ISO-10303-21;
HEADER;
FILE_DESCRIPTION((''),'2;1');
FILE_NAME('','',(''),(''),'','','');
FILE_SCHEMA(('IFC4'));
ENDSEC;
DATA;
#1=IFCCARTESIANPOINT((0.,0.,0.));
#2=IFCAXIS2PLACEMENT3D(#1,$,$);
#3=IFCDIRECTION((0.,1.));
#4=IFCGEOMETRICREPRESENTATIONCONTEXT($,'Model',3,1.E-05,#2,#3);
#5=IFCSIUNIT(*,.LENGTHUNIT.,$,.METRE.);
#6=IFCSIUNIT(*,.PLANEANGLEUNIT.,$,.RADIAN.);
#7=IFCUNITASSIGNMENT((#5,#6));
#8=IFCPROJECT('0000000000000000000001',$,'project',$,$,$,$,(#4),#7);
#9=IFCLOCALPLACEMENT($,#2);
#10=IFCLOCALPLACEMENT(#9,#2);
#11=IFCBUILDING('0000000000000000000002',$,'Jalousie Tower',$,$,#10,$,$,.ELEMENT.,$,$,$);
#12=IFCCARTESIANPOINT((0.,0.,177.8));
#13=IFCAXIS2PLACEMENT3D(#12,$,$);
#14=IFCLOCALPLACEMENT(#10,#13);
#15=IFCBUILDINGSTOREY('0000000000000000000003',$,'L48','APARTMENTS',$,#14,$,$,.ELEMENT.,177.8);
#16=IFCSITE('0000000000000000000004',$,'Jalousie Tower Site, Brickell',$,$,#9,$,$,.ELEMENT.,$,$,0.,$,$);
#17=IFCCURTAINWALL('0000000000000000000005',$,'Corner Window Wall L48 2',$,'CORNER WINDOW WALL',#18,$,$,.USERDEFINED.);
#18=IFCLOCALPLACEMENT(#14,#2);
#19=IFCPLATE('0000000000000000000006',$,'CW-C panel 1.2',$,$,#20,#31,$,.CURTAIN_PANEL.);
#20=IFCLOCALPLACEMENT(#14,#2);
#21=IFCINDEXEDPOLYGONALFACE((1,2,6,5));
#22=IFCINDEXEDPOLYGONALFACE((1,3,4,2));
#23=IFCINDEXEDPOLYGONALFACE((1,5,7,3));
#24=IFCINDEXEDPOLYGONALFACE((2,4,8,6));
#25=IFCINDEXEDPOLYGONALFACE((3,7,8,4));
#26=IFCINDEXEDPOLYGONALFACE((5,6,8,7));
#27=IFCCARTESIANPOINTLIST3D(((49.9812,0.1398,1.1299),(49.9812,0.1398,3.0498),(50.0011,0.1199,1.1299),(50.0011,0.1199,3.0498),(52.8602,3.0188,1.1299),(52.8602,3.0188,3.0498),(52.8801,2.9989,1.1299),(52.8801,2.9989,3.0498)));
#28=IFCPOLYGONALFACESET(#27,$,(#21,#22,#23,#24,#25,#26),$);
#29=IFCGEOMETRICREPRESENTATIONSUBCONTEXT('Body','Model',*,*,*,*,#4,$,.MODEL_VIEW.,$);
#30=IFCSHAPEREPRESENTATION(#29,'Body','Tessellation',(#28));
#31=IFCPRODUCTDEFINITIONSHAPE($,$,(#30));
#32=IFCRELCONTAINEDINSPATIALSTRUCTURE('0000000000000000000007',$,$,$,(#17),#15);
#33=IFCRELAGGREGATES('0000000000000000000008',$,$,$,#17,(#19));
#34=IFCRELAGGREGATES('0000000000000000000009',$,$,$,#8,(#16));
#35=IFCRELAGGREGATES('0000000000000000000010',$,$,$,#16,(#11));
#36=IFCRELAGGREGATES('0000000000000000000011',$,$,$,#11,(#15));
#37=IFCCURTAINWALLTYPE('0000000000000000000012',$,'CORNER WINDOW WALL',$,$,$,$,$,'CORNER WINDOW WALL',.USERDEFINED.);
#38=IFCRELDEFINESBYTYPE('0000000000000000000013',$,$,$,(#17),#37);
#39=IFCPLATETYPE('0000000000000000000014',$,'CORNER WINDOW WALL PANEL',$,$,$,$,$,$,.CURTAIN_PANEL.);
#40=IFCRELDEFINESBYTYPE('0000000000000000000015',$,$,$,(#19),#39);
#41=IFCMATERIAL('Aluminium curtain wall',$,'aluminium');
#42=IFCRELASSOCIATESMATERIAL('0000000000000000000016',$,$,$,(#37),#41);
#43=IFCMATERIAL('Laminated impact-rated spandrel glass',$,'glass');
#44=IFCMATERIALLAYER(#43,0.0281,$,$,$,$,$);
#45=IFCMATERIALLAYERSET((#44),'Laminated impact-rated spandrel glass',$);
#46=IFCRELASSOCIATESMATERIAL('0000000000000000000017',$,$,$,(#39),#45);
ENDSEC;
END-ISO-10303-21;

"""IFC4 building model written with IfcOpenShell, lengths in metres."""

from ifc_helpers import new_model, si_unit, direction, frame, origin, origin_2d, place, context, subcontext, project, spatial, rectangle, extrude, material, layer, layer_set, type_object, element, aggregate, save


model = new_model("IFC4")

# Units and contexts
model_context = context("Model", 3, precision=1e-05, world=origin(), true_north=direction((0.0, 1.0)))
body_context = subcontext(model_context, "Body", "Model", "MODEL_VIEW")
ifc_project = project(units=[si_unit("LENGTHUNIT", "METRE"), si_unit("PLANEANGLEUNIT", "RADIAN")], contexts=[model_context])

# Site, building, storey
site_placement = place(None, origin())
site = spatial("IfcSite", under=ifc_project, at=site_placement, Name="Jalousie Tower Site, Brickell", CompositionType="ELEMENT", RefElevation=0.0)
building_placement = place(site_placement, origin())
building = spatial("IfcBuilding", under=site, at=building_placement, Name="Jalousie Tower", CompositionType="ELEMENT")
storey_placement = place(building_placement, frame((0.0, 0.0, 177.8)))
storey = spatial("IfcBuildingStorey", under=building, at=storey_placement, Name="L48", Description="APARTMENTS", CompositionType="ELEMENT", Elevation=177.8)

# Curtain wall
ifc_material_1 = material(Name="Aluminium curtain wall", Category="aluminium")
curtain_wall_type_1 = type_object("IfcCurtainWallType", Name="CORNER WINDOW WALL", ElementType="CORNER WINDOW WALL", PredefinedType="USERDEFINED", material=ifc_material_1)
curtain_wall_1_placement = place(storey_placement, origin())
curtain_wall_1 = element("IfcCurtainWall", 1, at=curtain_wall_1_placement, inside=storey, type_object=curtain_wall_type_1, Name="Corner Window Wall L48 2", ObjectType="CORNER WINDOW WALL", PredefinedType="USERDEFINED")

# Plate
ifc_material_2 = material(Name="Laminated impact-rated spandrel glass", Category="glass")
ifc_layer = layer(ifc_material_2, 0.0281)
ifc_layer_set = layer_set([ifc_layer], Name="Laminated impact-rated spandrel glass")
plate_type = type_object("IfcPlateType", Name="CORNER WINDOW WALL PANEL", PredefinedType="CURTAIN_PANEL", material=ifc_layer_set)
plate_1_placement = place(storey_placement, frame((51.4307, 1.5693, 1.1299), z_axis=(0.0, 0.0, 1.0), x_axis=(0.707107, 0.707107, 0.0)))
plate_1 = element("IfcPlate", 2, at=plate_1_placement, type_object=plate_type, Name="CW-C panel 1.2", PredefinedType="CURTAIN_PANEL", context=body_context, shape_type="SweptSolid", body=[
    extrude(rectangle(XDim=4.0715, YDim=0.0281, at=origin_2d()), origin(), (0.0, 0.0, 1.0), 1.9199),
])
aggregate(curtain_wall_1, [plate_1])

save(model, "model.ifc")
